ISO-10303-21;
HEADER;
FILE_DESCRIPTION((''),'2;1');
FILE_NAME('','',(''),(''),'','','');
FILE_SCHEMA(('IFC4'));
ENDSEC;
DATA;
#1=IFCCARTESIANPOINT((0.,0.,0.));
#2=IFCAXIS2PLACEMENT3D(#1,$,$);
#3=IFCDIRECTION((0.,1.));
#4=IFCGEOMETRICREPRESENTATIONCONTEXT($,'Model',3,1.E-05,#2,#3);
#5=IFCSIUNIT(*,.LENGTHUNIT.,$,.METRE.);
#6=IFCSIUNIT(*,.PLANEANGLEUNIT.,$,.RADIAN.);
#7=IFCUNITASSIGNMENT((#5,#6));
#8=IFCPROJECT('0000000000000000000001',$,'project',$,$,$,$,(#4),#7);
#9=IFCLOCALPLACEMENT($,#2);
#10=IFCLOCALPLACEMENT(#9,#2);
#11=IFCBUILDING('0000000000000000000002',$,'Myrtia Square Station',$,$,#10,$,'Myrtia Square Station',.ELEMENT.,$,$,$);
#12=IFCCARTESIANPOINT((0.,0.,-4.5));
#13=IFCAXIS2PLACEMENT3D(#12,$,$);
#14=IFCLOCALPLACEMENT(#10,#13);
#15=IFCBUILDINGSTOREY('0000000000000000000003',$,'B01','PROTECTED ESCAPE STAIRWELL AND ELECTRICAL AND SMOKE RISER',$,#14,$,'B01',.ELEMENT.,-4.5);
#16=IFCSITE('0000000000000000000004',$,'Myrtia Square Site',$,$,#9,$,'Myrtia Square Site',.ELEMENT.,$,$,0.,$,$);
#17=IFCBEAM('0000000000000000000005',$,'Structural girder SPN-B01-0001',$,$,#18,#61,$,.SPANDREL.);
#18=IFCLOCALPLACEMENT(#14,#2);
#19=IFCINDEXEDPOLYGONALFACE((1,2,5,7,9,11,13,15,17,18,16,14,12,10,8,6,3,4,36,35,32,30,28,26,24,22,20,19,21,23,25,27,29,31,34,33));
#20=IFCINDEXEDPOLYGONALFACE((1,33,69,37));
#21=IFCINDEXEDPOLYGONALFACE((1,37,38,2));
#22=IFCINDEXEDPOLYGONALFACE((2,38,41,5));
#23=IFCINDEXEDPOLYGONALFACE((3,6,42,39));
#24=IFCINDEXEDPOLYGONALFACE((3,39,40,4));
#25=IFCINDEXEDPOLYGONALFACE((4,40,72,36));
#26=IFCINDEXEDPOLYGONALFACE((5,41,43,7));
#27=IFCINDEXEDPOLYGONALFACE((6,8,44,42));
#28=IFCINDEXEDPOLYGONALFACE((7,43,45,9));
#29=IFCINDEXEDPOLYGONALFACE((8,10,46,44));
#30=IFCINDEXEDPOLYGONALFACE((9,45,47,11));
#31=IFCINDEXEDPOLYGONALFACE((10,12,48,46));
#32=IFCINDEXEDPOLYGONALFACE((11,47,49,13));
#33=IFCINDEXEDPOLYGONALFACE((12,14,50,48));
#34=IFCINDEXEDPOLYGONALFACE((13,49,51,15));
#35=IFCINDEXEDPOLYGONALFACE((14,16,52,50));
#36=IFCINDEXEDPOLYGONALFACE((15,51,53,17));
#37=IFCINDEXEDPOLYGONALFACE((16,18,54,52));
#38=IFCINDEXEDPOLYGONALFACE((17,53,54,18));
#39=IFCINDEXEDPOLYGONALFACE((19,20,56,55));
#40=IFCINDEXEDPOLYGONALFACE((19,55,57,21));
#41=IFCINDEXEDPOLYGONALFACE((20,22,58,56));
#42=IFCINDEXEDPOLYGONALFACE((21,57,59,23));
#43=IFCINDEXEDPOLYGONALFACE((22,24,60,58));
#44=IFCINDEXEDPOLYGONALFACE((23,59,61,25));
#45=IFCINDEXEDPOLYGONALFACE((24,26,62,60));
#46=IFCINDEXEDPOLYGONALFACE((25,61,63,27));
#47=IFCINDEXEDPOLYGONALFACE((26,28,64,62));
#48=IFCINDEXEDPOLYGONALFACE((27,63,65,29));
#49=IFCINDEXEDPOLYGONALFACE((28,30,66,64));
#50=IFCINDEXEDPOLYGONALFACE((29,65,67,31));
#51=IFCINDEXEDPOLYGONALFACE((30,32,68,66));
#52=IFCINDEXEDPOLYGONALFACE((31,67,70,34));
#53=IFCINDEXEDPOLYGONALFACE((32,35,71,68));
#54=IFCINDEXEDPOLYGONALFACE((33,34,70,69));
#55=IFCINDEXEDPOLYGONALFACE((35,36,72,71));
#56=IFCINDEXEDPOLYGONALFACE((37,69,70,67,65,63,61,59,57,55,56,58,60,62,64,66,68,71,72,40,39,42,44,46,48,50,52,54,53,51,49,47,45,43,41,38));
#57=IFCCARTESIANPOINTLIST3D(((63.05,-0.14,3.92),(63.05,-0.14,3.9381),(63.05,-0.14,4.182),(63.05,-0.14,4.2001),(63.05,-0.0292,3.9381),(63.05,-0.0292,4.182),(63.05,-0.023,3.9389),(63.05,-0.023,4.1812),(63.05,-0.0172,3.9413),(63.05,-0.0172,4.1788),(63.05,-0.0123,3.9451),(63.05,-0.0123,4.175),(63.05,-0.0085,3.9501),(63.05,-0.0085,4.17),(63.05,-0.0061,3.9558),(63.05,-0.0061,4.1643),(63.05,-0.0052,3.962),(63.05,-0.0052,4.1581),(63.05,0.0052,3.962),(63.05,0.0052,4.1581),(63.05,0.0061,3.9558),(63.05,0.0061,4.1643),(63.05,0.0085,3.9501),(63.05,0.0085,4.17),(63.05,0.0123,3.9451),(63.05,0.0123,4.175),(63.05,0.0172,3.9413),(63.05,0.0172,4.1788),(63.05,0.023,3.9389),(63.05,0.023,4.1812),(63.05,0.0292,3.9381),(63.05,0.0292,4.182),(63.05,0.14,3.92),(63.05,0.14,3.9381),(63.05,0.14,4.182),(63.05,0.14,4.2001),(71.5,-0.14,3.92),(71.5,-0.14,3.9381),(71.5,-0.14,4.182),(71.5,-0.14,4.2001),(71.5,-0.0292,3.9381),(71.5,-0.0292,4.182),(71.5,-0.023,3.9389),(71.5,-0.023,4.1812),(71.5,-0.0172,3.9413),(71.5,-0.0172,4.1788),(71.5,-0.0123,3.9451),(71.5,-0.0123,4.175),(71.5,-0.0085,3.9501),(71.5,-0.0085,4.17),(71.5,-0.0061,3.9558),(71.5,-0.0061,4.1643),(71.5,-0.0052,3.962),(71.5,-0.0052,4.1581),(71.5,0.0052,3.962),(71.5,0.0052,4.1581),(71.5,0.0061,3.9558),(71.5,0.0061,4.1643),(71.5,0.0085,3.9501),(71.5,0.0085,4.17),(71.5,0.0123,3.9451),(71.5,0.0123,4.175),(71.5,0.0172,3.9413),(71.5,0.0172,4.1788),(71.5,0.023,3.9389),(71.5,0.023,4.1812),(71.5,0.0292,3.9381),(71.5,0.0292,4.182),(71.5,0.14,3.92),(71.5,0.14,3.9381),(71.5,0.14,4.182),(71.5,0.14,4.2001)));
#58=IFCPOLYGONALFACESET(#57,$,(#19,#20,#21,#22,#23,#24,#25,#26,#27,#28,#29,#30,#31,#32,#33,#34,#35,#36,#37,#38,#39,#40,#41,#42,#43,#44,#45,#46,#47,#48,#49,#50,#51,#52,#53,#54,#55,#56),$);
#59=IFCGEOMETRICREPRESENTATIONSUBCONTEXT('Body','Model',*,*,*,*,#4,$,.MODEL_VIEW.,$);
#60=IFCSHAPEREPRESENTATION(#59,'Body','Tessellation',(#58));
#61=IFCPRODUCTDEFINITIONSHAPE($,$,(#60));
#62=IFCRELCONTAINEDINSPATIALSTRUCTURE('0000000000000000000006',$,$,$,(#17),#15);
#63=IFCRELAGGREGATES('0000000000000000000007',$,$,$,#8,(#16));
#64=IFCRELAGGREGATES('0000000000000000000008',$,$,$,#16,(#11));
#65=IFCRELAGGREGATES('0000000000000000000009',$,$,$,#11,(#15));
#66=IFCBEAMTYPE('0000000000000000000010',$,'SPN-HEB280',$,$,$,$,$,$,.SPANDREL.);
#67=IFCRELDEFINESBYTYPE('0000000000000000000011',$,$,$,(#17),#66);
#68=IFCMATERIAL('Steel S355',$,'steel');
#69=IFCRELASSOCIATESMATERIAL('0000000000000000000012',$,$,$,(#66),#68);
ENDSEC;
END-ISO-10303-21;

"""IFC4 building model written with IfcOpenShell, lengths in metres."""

from ifc_helpers import new_model, si_unit, direction, frame, origin, origin_2d, place, context, subcontext, project, spatial, i_section, extrude, material, material_profile, profile_set, type_object, element, save


model = new_model("IFC4")

# Units and contexts
model_context = context("Model", 3, precision=1e-05, world=origin(), true_north=direction((0.0, 1.0)))
body_context = subcontext(model_context, "Body", "Model", "MODEL_VIEW")
ifc_project = project(units=[si_unit("LENGTHUNIT", "METRE"), si_unit("PLANEANGLEUNIT", "RADIAN")], contexts=[model_context])

# Site, building, storey
site_placement = place(None, origin())
site = spatial("IfcSite", under=ifc_project, at=site_placement, Name="Myrtia Square Site", LongName="Myrtia Square Site", CompositionType="ELEMENT", RefElevation=0.0)
building_placement = place(site_placement, origin())
building = spatial("IfcBuilding", under=site, at=building_placement, Name="Myrtia Square Station", LongName="Myrtia Square Station", CompositionType="ELEMENT")
storey_placement = place(building_placement, frame((0.0, 0.0, -4.5)))
storey = spatial("IfcBuildingStorey", under=building, at=storey_placement, Name="B01", Description="PROTECTED ESCAPE STAIRWELL AND ELECTRICAL AND SMOKE RISER", LongName="B01", CompositionType="ELEMENT", Elevation=-4.5)

# Beam
ifc_material_1 = material(Name="Steel S355", Category="steel")
ifc_material_profile_1 = material_profile(ifc_material_1, i_section(OverallWidth=0.28, OverallDepth=0.28, WebThickness=0.0105, FlangeThickness=0.0181, FilletRadius=0.0239, at=origin_2d()), Name="HEB 280")
ifc_profile_set_1 = profile_set([ifc_material_profile_1], Name="Steel S355")
beam_type_1 = type_object("IfcBeamType", Name="SPN-HEB280", PredefinedType="SPANDREL", material=ifc_profile_set_1)
beam_placement = place(storey_placement, frame((63.05, 0.0, 4.0601), z_axis=(1.0, 0.0, 0.0), x_axis=(0.0, 1.0, 0.0)))
element("IfcBeam", 1, at=beam_placement, inside=storey, type_object=beam_type_1, Name="Structural girder SPN-B01-0001", PredefinedType="SPANDREL", context=body_context, shape_type="SweptSolid", body=[
    extrude(i_section(OverallWidth=0.28, OverallDepth=0.28, WebThickness=0.0105, FlangeThickness=0.0181, FilletRadius=0.0239, at=origin_2d()), origin(), (0.0, 0.0, 1.0), 8.45),
])

save(model, "model.ifc")
